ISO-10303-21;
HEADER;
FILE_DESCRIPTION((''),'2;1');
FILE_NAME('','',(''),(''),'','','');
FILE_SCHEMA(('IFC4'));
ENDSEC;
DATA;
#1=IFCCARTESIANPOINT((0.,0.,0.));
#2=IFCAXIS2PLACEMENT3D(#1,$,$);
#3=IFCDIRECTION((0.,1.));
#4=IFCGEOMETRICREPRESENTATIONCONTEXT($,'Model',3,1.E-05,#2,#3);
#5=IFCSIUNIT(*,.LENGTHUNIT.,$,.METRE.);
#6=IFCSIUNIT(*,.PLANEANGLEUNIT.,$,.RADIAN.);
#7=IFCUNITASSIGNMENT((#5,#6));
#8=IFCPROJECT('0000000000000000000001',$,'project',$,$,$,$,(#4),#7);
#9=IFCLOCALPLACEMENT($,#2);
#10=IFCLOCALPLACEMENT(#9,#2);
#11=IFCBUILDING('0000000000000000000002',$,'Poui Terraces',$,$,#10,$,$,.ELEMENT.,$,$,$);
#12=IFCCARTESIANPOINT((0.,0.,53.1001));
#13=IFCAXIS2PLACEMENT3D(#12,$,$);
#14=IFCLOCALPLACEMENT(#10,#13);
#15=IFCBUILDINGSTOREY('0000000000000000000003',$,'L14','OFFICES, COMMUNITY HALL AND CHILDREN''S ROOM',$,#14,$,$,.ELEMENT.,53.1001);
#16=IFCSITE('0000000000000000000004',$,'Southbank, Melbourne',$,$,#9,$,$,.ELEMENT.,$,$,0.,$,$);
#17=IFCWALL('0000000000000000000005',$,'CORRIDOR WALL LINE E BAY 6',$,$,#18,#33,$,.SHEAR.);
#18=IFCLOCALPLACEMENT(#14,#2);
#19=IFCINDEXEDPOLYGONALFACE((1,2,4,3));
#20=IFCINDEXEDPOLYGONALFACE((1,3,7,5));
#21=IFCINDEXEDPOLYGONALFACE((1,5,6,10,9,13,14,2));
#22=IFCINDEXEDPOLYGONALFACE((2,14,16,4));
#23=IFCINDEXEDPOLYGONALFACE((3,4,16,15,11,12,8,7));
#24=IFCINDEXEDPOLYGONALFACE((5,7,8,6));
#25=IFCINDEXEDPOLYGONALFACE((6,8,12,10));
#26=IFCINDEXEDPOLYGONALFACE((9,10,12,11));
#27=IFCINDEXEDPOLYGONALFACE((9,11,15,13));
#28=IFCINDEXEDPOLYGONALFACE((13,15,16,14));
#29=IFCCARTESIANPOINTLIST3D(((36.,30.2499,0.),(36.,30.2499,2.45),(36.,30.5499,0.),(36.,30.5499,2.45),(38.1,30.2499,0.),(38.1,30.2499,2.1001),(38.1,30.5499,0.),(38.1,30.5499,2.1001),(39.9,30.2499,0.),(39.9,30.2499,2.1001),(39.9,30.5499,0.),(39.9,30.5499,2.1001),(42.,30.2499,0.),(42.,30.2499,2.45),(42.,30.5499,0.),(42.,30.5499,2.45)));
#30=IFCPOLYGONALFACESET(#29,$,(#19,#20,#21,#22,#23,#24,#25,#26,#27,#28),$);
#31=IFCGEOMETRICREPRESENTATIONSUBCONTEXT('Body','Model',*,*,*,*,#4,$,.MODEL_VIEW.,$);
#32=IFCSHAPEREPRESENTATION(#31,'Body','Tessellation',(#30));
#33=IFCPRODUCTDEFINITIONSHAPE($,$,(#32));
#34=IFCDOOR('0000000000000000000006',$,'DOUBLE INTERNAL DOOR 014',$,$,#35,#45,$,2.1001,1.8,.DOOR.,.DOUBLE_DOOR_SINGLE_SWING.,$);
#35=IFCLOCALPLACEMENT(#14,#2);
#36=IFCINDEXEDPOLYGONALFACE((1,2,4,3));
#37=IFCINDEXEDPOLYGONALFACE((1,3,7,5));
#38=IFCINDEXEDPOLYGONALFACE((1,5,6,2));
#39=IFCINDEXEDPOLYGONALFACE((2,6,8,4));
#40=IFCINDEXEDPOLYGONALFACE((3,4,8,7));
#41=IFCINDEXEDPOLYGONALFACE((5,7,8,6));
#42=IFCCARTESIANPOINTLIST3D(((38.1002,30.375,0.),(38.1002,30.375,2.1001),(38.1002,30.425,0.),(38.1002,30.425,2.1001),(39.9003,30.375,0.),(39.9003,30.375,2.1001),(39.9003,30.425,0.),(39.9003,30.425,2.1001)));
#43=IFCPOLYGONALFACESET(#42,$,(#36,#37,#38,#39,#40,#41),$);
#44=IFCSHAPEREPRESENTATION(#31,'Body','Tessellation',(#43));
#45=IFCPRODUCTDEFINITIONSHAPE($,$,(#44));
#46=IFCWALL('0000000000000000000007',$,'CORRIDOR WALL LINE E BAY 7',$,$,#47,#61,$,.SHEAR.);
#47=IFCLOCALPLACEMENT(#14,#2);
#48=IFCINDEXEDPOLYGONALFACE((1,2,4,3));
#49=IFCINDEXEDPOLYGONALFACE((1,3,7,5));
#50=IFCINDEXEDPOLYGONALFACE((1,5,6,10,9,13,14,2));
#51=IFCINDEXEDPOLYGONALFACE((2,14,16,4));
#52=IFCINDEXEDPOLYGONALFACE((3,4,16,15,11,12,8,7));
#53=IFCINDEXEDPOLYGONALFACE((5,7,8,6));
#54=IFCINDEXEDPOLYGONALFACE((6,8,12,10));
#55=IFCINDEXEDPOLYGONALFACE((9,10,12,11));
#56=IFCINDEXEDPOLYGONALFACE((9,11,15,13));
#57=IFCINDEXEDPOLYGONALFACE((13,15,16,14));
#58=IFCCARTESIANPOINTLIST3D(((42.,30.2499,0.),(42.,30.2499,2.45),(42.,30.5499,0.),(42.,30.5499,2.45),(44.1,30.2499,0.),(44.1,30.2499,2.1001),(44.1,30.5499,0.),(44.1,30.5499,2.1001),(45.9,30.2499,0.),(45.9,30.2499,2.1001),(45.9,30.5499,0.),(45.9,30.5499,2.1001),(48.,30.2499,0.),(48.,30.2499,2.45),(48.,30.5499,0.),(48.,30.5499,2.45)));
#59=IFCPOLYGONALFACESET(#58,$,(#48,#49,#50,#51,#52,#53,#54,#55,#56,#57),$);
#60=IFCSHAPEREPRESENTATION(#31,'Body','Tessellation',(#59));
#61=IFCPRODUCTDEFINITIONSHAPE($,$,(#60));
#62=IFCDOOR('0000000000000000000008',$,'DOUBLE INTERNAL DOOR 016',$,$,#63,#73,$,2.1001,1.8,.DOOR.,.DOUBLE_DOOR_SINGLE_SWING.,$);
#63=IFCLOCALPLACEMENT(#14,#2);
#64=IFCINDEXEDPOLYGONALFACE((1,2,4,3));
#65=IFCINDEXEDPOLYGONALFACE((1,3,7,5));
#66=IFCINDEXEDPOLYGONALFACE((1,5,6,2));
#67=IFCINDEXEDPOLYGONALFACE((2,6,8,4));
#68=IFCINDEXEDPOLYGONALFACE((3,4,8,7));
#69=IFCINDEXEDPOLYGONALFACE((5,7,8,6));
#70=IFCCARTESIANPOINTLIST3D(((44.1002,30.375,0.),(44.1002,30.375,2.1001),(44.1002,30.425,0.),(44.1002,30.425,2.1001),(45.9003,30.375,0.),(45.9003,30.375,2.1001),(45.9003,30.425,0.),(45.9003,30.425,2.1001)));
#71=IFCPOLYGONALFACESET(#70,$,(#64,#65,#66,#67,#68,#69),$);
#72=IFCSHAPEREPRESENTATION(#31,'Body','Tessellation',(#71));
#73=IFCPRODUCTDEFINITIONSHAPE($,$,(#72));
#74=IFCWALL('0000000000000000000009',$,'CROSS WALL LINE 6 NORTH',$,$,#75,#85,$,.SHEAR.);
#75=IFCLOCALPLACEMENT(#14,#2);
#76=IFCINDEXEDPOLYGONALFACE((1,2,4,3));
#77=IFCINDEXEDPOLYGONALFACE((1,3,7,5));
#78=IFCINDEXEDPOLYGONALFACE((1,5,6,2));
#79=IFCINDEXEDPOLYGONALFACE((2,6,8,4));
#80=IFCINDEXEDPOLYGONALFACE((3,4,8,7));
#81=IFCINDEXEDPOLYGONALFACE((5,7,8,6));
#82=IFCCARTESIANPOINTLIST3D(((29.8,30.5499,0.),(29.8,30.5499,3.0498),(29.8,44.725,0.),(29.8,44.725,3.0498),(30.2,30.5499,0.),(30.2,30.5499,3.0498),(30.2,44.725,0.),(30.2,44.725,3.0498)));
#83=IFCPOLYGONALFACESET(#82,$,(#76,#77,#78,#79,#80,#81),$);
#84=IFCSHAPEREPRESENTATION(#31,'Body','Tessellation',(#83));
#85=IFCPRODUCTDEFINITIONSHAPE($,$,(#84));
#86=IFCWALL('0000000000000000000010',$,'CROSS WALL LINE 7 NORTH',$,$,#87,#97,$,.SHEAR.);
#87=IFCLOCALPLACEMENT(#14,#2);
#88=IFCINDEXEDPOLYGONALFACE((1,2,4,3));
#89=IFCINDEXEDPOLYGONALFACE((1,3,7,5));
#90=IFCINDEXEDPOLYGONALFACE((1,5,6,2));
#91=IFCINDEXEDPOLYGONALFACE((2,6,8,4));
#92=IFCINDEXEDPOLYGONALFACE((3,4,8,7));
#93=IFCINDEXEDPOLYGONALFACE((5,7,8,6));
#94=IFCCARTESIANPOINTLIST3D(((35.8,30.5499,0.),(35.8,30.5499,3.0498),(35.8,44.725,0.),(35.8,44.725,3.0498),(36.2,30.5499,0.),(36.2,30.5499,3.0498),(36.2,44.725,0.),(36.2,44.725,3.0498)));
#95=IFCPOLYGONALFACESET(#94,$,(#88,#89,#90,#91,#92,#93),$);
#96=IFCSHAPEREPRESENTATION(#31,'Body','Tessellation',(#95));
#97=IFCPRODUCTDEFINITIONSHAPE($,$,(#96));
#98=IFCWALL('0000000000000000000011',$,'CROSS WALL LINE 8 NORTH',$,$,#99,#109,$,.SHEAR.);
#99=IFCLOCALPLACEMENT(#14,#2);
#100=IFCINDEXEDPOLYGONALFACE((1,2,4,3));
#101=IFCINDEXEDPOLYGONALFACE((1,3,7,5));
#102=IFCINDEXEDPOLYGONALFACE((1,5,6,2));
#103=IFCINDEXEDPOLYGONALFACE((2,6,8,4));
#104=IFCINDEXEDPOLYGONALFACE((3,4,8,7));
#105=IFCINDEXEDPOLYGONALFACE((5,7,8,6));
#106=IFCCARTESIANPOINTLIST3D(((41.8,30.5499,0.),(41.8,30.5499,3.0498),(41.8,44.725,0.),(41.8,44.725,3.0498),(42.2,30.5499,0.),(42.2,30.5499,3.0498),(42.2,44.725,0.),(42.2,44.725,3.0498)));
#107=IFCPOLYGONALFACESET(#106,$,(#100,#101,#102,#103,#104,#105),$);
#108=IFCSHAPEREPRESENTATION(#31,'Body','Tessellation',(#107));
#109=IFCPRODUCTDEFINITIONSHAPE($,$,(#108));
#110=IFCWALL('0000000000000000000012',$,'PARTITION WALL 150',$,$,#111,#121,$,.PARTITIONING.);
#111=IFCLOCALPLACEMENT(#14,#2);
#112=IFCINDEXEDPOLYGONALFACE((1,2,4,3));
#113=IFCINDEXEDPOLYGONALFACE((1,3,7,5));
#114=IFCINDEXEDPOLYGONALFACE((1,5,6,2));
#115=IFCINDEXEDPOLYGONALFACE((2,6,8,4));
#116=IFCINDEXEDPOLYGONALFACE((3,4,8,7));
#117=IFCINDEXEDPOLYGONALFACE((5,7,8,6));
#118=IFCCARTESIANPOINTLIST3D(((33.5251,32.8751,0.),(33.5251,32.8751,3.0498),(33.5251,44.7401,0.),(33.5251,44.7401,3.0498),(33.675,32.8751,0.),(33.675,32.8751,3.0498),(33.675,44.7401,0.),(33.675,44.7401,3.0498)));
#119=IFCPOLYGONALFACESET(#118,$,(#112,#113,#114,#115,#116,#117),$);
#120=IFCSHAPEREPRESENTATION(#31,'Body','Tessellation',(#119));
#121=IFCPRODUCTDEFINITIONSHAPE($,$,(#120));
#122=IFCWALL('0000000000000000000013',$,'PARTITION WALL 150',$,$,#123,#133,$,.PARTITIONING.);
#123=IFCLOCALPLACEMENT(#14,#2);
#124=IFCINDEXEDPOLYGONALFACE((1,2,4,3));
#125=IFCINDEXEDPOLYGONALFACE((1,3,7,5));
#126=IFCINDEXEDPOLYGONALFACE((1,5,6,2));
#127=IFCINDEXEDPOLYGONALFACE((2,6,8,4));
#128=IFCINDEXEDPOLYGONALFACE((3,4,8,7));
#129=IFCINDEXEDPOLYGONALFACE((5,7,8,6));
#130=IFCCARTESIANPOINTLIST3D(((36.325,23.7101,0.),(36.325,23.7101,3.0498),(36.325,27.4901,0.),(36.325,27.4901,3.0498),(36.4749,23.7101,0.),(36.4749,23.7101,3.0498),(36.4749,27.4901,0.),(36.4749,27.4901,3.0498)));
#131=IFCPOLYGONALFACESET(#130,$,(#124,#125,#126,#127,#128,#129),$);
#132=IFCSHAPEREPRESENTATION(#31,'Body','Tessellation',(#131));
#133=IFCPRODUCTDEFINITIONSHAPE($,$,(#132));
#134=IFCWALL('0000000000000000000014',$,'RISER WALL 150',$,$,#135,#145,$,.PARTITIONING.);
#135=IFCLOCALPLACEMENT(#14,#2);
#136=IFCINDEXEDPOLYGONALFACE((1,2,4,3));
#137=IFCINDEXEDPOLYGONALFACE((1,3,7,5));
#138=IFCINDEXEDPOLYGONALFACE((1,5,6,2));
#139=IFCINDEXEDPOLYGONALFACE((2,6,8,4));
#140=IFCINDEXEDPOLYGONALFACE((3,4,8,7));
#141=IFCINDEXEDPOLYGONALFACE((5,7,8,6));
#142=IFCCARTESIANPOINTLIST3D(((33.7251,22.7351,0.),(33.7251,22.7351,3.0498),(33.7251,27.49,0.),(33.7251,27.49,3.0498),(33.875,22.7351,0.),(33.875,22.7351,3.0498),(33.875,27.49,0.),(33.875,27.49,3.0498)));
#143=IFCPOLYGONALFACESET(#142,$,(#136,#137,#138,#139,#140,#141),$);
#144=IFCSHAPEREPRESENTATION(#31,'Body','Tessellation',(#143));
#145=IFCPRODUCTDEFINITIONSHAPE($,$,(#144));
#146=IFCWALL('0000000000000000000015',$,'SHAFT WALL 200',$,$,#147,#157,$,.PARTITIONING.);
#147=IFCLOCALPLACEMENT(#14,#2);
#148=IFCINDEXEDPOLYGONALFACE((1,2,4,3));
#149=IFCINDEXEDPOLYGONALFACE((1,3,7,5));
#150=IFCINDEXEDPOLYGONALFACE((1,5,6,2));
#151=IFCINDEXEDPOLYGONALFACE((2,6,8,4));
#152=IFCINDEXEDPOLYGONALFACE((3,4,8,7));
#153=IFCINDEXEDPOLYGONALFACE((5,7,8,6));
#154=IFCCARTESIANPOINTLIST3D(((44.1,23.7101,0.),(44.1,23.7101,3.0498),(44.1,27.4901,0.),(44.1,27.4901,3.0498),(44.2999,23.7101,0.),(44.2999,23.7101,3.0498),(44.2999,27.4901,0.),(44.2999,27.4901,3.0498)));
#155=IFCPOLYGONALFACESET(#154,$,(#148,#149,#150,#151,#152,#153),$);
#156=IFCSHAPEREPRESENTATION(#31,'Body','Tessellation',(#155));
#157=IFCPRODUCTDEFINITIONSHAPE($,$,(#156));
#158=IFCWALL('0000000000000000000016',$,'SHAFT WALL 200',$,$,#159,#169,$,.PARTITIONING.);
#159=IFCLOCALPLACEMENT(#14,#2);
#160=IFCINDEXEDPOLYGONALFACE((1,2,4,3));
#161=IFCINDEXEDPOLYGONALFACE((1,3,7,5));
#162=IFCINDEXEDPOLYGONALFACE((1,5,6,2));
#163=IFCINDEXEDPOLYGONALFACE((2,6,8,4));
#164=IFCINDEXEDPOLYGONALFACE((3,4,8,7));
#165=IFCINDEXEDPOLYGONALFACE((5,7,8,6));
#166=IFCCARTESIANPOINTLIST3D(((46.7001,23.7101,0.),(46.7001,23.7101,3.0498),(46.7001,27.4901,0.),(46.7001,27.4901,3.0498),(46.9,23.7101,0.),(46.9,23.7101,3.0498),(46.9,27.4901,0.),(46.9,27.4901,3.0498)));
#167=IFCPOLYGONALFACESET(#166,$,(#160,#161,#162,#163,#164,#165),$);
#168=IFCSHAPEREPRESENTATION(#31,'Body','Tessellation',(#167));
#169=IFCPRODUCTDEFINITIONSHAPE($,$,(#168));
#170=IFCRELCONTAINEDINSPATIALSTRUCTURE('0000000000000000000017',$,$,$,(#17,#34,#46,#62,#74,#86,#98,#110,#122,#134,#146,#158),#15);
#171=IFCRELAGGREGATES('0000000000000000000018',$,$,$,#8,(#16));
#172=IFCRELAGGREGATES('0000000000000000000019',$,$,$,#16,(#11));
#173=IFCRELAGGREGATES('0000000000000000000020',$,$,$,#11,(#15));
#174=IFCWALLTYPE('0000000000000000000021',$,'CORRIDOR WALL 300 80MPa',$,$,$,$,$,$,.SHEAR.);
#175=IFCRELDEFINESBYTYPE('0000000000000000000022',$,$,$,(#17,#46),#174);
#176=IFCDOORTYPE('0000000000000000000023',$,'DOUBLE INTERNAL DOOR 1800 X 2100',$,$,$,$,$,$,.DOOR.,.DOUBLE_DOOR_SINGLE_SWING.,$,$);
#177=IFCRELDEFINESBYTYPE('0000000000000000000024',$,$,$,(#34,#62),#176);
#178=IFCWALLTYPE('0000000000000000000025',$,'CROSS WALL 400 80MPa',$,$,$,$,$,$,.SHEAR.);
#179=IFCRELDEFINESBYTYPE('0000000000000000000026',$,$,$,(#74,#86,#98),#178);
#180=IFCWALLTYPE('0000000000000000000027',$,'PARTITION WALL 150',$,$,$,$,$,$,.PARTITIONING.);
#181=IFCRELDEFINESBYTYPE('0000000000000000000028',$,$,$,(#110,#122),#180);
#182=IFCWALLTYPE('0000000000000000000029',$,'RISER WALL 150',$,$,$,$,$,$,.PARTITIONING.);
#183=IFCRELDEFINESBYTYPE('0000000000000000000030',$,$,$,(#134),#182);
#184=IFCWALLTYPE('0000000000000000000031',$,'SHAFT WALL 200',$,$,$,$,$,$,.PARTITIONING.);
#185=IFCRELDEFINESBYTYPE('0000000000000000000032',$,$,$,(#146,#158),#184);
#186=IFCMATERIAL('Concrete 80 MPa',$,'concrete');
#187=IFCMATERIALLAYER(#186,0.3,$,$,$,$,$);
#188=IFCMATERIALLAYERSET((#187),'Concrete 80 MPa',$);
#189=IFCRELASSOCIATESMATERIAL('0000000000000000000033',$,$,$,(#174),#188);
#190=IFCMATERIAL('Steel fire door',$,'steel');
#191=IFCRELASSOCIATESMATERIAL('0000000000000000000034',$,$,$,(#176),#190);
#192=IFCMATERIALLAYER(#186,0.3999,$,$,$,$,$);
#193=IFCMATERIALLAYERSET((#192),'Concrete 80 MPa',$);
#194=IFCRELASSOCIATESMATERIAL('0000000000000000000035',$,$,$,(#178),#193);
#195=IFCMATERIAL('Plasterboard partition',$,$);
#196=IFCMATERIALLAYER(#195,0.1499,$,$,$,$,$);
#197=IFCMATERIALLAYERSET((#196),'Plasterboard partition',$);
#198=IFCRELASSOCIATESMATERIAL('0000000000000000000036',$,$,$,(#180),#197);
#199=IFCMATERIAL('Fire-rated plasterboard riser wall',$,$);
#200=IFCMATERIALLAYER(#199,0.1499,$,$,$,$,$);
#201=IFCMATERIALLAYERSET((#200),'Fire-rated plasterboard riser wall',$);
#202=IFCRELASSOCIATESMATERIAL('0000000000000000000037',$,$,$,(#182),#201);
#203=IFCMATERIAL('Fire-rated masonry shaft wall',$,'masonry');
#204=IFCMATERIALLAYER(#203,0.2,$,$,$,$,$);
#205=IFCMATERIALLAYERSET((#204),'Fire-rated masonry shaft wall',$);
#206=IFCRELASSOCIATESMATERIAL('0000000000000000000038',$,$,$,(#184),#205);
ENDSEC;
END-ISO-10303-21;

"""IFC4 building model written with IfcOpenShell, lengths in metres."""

from ifc_helpers import new_model, si_unit, direction, frame, frame_2d, origin, place, context, subcontext, project, spatial, rectangle, extrude, material, layer, layer_set, type_object, element, fill, save


model = new_model("IFC4")

# Units and contexts
model_context = context("Model", 3, precision=1e-05, world=origin(), true_north=direction((0.0, 1.0)))
body_context = subcontext(model_context, "Body", "Model", "MODEL_VIEW")
ifc_project = project(units=[si_unit("LENGTHUNIT", "METRE"), si_unit("PLANEANGLEUNIT", "RADIAN")], contexts=[model_context])

# Site, building, storey
site_placement = place(None, origin())
site = spatial("IfcSite", under=ifc_project, at=site_placement, Name="Southbank, Melbourne", CompositionType="ELEMENT", RefElevation=0.0)
building_placement = place(site_placement, origin())
building = spatial("IfcBuilding", under=site, at=building_placement, Name="Poui Terraces", CompositionType="ELEMENT")
storey_placement = place(building_placement, frame((0.0, 0.0, 53.1001)))
storey = spatial("IfcBuildingStorey", under=building, at=storey_placement, Name="L14", Description="OFFICES, COMMUNITY HALL AND CHILDREN'S ROOM", CompositionType="ELEMENT", Elevation=53.1001)

# Shared definitions
ifc_material_1 = material(Name="Concrete 80 MPa", Category="concrete")

# Shared definitions
ifc_material_2 = material(Name="Steel fire door", Category="steel")

# Walls, openings, doors
ifc_layer_1 = layer(ifc_material_1, 0.3)
ifc_layer_set_1 = layer_set([ifc_layer_1], Name="Concrete 80 MPa")
wall_type_1 = type_object("IfcWallType", Name="CORRIDOR WALL 300 80MPa", PredefinedType="SHEAR", material=ifc_layer_set_1)
wall_1_placement = place(storey_placement, frame((36.0, 30.3999, 0.0), z_axis=(0.0, 0.0, 1.0), x_axis=(1.0, 0.0, 0.0)))
wall_1 = element("IfcWall", 1, at=wall_1_placement, inside=storey, type_object=wall_type_1, Name="CORRIDOR WALL LINE E BAY 6", PredefinedType="SHEAR", context=body_context, shape_type="SweptSolid", body=[
    extrude(rectangle(XDim=6.0, YDim=0.3, at=frame_2d((3.0, 0.0))), origin(), (0.0, 0.0, 1.0), 2.45),
])
opening_1_placement = place(wall_1_placement, frame((2.1001, 0.0, 0.0)))
opening_1 = element("IfcOpeningElement", 2, at=opening_1_placement, cuts=wall_1, PredefinedType="OPENING", context=body_context, shape_type="SweptSolid", body=[
    extrude(rectangle(XDim=1.8, YDim=2.1001, at=frame_2d((0.8999, 1.05))), frame((0.0, 0.1602, 0.0), z_axis=(0.0, -1.0, 0.0), x_axis=(1.0, 0.0, 0.0)), (0.0, 0.0, 1.0), 0.3201),
])
door_type_1 = type_object("IfcDoorType", Name="DOUBLE INTERNAL DOOR 1800 X 2100", OperationType="DOUBLE_DOOR_SINGLE_SWING", PredefinedType="DOOR", material=ifc_material_2)
door_1_placement = place(opening_1_placement, frame((1.8, 0.0, 0.0), z_axis=(0.0, 0.0, 1.0), x_axis=(-1.0, 0.0, 0.0)))
door_1 = element("IfcDoor", 3, at=door_1_placement, inside=storey, type_object=door_type_1, Name="DOUBLE INTERNAL DOOR 014", OperationType="DOUBLE_DOOR_SINGLE_SWING", OverallHeight=2.1001, OverallWidth=1.8, PredefinedType="DOOR", context=body_context, shape_type="SweptSolid", body=[
    extrude(rectangle(XDim=1.8, YDim=2.1001, at=frame_2d((0.8999, 1.05))), frame((0.0, 0.0249, 0.0), z_axis=(0.0, -1.0, 0.0), x_axis=(1.0, 0.0, 0.0)), (0.0, 0.0, 1.0), 0.05),
])
fill(opening_1, door_1)
wall_2_placement = place(storey_placement, frame((42.0, 30.3999, 0.0), z_axis=(0.0, 0.0, 1.0), x_axis=(1.0, 0.0, 0.0)))
wall_2 = element("IfcWall", 4, at=wall_2_placement, inside=storey, type_object=wall_type_1, Name="CORRIDOR WALL LINE E BAY 7", PredefinedType="SHEAR", context=body_context, shape_type="SweptSolid", body=[
    extrude(rectangle(XDim=6.0, YDim=0.3, at=frame_2d((3.0, 0.0))), origin(), (0.0, 0.0, 1.0), 2.45),
])
opening_2_placement = place(wall_2_placement, frame((2.1001, 0.0, 0.0)))
opening_2 = element("IfcOpeningElement", 5, at=opening_2_placement, cuts=wall_2, PredefinedType="OPENING", context=body_context, shape_type="SweptSolid", body=[
    extrude(rectangle(XDim=1.8, YDim=2.1001, at=frame_2d((0.8999, 1.05))), frame((0.0, 0.1602, 0.0), z_axis=(0.0, -1.0, 0.0), x_axis=(1.0, 0.0, 0.0)), (0.0, 0.0, 1.0), 0.3201),
])
door_2_placement = place(opening_2_placement, frame((1.8, 0.0, 0.0), z_axis=(0.0, 0.0, 1.0), x_axis=(-1.0, 0.0, 0.0)))
door_2 = element("IfcDoor", 6, at=door_2_placement, inside=storey, type_object=door_type_1, Name="DOUBLE INTERNAL DOOR 016", OperationType="DOUBLE_DOOR_SINGLE_SWING", OverallHeight=2.1001, OverallWidth=1.8, PredefinedType="DOOR", context=body_context, shape_type="SweptSolid", body=[
    extrude(rectangle(XDim=1.8, YDim=2.1001, at=frame_2d((0.8999, 1.05))), frame((0.0, 0.0249, 0.0), z_axis=(0.0, -1.0, 0.0), x_axis=(1.0, 0.0, 0.0)), (0.0, 0.0, 1.0), 0.05),
])
fill(opening_2, door_2)

# Walls
ifc_layer_2 = layer(ifc_material_1, 0.3999)
ifc_layer_set_2 = layer_set([ifc_layer_2], Name="Concrete 80 MPa")
wall_type_2 = type_object("IfcWallType", Name="CROSS WALL 400 80MPa", PredefinedType="SHEAR", material=ifc_layer_set_2)
for number, where, z_axis, x_axis, name in (
    (7, (30.0, 30.55, 0.0), (0.0, 0.0, 1.0), (0.0, 1.0, 0.0), "CROSS WALL LINE 6 NORTH"),
    (8, (36.0, 30.55, 0.0), (0.0, 0.0, 1.0), (0.0, 1.0, 0.0), "CROSS WALL LINE 7 NORTH"),
    (9, (42.0, 30.55, 0.0), (0.0, 0.0, 1.0), (0.0, 1.0, 0.0), "CROSS WALL LINE 8 NORTH"),
):
    element("IfcWall", number, at=place(storey_placement, frame(where, z_axis=z_axis, x_axis=x_axis)), inside=storey, type_object=wall_type_2, Name=name, PredefinedType="SHEAR", context=body_context, shape_type="SweptSolid", body=[
        extrude(rectangle(XDim=14.175, YDim=0.3999, at=frame_2d((7.0874, 0.0))), origin(), (0.0, 0.0, 1.0), 3.0498),
    ])
ifc_material_3 = material(Name="Plasterboard partition")
ifc_layer_3 = layer(ifc_material_3, 0.1499)
ifc_layer_set_3 = layer_set([ifc_layer_3], Name="Plasterboard partition")
wall_type_3 = type_object("IfcWallType", Name="PARTITION WALL 150", PredefinedType="PARTITIONING", material=ifc_layer_set_3)
wall_3_placement = place(storey_placement, frame((33.6001, 32.875, 0.0), z_axis=(0.0, 0.0, 1.0), x_axis=(0.0, 1.0, 0.0)))
element("IfcWall", 10, at=wall_3_placement, inside=storey, type_object=wall_type_3, Name="PARTITION WALL 150", PredefinedType="PARTITIONING", context=body_context, shape_type="SweptSolid", body=[
    extrude(rectangle(XDim=11.865, YDim=0.1499, at=frame_2d((5.9326, 0.0))), origin(), (0.0, 0.0, 1.0), 3.0498),
])
wall_4_placement = place(storey_placement, frame((36.3999, 23.71, 0.0), z_axis=(0.0, 0.0, 1.0), x_axis=(0.0, 1.0, 0.0)))
element("IfcWall", 11, at=wall_4_placement, inside=storey, type_object=wall_type_3, Name="PARTITION WALL 150", PredefinedType="PARTITIONING", context=body_context, shape_type="SweptSolid", body=[
    extrude(rectangle(XDim=3.78, YDim=0.1499, at=frame_2d((1.8901, 0.0))), origin(), (0.0, 0.0, 1.0), 3.0498),
])
ifc_material_4 = material(Name="Fire-rated plasterboard riser wall")
ifc_layer_4 = layer(ifc_material_4, 0.1499)
ifc_layer_set_4 = layer_set([ifc_layer_4], Name="Fire-rated plasterboard riser wall")
wall_type_4 = type_object("IfcWallType", Name="RISER WALL 150", PredefinedType="PARTITIONING", material=ifc_layer_set_4)
wall_5_placement = place(storey_placement, frame((33.8, 22.7351, 0.0), z_axis=(0.0, 0.0, 1.0), x_axis=(0.0, 1.0, 0.0)))
element("IfcWall", 12, at=wall_5_placement, inside=storey, type_object=wall_type_4, Name="RISER WALL 150", PredefinedType="PARTITIONING", context=body_context, shape_type="SweptSolid", body=[
    extrude(rectangle(XDim=4.7549, YDim=0.1499, at=frame_2d((2.3774, 0.0))), origin(), (0.0, 0.0, 1.0), 3.0498),
])
ifc_material_5 = material(Name="Fire-rated masonry shaft wall", Category="masonry")
ifc_layer_5 = layer(ifc_material_5, 0.2)
ifc_layer_set_5 = layer_set([ifc_layer_5], Name="Fire-rated masonry shaft wall")
wall_type_5 = type_object("IfcWallType", Name="SHAFT WALL 200", PredefinedType="PARTITIONING", material=ifc_layer_set_5)
for number, where, z_axis, x_axis, name in (
    (13, (44.2, 23.71, 0.0), (0.0, 0.0, 1.0), (0.0, 1.0, 0.0), "SHAFT WALL 200"),
    (14, (46.8, 23.71, 0.0), (0.0, 0.0, 1.0), (0.0, 1.0, 0.0), "SHAFT WALL 200"),
):
    element("IfcWall", number, at=place(storey_placement, frame(where, z_axis=z_axis, x_axis=x_axis)), inside=storey, type_object=wall_type_5, Name=name, PredefinedType="PARTITIONING", context=body_context, shape_type="SweptSolid", body=[
        extrude(rectangle(XDim=3.78, YDim=0.2, at=frame_2d((1.8901, 0.0))), origin(), (0.0, 0.0, 1.0), 3.0498),
    ])

save(model, "model.ifc")
